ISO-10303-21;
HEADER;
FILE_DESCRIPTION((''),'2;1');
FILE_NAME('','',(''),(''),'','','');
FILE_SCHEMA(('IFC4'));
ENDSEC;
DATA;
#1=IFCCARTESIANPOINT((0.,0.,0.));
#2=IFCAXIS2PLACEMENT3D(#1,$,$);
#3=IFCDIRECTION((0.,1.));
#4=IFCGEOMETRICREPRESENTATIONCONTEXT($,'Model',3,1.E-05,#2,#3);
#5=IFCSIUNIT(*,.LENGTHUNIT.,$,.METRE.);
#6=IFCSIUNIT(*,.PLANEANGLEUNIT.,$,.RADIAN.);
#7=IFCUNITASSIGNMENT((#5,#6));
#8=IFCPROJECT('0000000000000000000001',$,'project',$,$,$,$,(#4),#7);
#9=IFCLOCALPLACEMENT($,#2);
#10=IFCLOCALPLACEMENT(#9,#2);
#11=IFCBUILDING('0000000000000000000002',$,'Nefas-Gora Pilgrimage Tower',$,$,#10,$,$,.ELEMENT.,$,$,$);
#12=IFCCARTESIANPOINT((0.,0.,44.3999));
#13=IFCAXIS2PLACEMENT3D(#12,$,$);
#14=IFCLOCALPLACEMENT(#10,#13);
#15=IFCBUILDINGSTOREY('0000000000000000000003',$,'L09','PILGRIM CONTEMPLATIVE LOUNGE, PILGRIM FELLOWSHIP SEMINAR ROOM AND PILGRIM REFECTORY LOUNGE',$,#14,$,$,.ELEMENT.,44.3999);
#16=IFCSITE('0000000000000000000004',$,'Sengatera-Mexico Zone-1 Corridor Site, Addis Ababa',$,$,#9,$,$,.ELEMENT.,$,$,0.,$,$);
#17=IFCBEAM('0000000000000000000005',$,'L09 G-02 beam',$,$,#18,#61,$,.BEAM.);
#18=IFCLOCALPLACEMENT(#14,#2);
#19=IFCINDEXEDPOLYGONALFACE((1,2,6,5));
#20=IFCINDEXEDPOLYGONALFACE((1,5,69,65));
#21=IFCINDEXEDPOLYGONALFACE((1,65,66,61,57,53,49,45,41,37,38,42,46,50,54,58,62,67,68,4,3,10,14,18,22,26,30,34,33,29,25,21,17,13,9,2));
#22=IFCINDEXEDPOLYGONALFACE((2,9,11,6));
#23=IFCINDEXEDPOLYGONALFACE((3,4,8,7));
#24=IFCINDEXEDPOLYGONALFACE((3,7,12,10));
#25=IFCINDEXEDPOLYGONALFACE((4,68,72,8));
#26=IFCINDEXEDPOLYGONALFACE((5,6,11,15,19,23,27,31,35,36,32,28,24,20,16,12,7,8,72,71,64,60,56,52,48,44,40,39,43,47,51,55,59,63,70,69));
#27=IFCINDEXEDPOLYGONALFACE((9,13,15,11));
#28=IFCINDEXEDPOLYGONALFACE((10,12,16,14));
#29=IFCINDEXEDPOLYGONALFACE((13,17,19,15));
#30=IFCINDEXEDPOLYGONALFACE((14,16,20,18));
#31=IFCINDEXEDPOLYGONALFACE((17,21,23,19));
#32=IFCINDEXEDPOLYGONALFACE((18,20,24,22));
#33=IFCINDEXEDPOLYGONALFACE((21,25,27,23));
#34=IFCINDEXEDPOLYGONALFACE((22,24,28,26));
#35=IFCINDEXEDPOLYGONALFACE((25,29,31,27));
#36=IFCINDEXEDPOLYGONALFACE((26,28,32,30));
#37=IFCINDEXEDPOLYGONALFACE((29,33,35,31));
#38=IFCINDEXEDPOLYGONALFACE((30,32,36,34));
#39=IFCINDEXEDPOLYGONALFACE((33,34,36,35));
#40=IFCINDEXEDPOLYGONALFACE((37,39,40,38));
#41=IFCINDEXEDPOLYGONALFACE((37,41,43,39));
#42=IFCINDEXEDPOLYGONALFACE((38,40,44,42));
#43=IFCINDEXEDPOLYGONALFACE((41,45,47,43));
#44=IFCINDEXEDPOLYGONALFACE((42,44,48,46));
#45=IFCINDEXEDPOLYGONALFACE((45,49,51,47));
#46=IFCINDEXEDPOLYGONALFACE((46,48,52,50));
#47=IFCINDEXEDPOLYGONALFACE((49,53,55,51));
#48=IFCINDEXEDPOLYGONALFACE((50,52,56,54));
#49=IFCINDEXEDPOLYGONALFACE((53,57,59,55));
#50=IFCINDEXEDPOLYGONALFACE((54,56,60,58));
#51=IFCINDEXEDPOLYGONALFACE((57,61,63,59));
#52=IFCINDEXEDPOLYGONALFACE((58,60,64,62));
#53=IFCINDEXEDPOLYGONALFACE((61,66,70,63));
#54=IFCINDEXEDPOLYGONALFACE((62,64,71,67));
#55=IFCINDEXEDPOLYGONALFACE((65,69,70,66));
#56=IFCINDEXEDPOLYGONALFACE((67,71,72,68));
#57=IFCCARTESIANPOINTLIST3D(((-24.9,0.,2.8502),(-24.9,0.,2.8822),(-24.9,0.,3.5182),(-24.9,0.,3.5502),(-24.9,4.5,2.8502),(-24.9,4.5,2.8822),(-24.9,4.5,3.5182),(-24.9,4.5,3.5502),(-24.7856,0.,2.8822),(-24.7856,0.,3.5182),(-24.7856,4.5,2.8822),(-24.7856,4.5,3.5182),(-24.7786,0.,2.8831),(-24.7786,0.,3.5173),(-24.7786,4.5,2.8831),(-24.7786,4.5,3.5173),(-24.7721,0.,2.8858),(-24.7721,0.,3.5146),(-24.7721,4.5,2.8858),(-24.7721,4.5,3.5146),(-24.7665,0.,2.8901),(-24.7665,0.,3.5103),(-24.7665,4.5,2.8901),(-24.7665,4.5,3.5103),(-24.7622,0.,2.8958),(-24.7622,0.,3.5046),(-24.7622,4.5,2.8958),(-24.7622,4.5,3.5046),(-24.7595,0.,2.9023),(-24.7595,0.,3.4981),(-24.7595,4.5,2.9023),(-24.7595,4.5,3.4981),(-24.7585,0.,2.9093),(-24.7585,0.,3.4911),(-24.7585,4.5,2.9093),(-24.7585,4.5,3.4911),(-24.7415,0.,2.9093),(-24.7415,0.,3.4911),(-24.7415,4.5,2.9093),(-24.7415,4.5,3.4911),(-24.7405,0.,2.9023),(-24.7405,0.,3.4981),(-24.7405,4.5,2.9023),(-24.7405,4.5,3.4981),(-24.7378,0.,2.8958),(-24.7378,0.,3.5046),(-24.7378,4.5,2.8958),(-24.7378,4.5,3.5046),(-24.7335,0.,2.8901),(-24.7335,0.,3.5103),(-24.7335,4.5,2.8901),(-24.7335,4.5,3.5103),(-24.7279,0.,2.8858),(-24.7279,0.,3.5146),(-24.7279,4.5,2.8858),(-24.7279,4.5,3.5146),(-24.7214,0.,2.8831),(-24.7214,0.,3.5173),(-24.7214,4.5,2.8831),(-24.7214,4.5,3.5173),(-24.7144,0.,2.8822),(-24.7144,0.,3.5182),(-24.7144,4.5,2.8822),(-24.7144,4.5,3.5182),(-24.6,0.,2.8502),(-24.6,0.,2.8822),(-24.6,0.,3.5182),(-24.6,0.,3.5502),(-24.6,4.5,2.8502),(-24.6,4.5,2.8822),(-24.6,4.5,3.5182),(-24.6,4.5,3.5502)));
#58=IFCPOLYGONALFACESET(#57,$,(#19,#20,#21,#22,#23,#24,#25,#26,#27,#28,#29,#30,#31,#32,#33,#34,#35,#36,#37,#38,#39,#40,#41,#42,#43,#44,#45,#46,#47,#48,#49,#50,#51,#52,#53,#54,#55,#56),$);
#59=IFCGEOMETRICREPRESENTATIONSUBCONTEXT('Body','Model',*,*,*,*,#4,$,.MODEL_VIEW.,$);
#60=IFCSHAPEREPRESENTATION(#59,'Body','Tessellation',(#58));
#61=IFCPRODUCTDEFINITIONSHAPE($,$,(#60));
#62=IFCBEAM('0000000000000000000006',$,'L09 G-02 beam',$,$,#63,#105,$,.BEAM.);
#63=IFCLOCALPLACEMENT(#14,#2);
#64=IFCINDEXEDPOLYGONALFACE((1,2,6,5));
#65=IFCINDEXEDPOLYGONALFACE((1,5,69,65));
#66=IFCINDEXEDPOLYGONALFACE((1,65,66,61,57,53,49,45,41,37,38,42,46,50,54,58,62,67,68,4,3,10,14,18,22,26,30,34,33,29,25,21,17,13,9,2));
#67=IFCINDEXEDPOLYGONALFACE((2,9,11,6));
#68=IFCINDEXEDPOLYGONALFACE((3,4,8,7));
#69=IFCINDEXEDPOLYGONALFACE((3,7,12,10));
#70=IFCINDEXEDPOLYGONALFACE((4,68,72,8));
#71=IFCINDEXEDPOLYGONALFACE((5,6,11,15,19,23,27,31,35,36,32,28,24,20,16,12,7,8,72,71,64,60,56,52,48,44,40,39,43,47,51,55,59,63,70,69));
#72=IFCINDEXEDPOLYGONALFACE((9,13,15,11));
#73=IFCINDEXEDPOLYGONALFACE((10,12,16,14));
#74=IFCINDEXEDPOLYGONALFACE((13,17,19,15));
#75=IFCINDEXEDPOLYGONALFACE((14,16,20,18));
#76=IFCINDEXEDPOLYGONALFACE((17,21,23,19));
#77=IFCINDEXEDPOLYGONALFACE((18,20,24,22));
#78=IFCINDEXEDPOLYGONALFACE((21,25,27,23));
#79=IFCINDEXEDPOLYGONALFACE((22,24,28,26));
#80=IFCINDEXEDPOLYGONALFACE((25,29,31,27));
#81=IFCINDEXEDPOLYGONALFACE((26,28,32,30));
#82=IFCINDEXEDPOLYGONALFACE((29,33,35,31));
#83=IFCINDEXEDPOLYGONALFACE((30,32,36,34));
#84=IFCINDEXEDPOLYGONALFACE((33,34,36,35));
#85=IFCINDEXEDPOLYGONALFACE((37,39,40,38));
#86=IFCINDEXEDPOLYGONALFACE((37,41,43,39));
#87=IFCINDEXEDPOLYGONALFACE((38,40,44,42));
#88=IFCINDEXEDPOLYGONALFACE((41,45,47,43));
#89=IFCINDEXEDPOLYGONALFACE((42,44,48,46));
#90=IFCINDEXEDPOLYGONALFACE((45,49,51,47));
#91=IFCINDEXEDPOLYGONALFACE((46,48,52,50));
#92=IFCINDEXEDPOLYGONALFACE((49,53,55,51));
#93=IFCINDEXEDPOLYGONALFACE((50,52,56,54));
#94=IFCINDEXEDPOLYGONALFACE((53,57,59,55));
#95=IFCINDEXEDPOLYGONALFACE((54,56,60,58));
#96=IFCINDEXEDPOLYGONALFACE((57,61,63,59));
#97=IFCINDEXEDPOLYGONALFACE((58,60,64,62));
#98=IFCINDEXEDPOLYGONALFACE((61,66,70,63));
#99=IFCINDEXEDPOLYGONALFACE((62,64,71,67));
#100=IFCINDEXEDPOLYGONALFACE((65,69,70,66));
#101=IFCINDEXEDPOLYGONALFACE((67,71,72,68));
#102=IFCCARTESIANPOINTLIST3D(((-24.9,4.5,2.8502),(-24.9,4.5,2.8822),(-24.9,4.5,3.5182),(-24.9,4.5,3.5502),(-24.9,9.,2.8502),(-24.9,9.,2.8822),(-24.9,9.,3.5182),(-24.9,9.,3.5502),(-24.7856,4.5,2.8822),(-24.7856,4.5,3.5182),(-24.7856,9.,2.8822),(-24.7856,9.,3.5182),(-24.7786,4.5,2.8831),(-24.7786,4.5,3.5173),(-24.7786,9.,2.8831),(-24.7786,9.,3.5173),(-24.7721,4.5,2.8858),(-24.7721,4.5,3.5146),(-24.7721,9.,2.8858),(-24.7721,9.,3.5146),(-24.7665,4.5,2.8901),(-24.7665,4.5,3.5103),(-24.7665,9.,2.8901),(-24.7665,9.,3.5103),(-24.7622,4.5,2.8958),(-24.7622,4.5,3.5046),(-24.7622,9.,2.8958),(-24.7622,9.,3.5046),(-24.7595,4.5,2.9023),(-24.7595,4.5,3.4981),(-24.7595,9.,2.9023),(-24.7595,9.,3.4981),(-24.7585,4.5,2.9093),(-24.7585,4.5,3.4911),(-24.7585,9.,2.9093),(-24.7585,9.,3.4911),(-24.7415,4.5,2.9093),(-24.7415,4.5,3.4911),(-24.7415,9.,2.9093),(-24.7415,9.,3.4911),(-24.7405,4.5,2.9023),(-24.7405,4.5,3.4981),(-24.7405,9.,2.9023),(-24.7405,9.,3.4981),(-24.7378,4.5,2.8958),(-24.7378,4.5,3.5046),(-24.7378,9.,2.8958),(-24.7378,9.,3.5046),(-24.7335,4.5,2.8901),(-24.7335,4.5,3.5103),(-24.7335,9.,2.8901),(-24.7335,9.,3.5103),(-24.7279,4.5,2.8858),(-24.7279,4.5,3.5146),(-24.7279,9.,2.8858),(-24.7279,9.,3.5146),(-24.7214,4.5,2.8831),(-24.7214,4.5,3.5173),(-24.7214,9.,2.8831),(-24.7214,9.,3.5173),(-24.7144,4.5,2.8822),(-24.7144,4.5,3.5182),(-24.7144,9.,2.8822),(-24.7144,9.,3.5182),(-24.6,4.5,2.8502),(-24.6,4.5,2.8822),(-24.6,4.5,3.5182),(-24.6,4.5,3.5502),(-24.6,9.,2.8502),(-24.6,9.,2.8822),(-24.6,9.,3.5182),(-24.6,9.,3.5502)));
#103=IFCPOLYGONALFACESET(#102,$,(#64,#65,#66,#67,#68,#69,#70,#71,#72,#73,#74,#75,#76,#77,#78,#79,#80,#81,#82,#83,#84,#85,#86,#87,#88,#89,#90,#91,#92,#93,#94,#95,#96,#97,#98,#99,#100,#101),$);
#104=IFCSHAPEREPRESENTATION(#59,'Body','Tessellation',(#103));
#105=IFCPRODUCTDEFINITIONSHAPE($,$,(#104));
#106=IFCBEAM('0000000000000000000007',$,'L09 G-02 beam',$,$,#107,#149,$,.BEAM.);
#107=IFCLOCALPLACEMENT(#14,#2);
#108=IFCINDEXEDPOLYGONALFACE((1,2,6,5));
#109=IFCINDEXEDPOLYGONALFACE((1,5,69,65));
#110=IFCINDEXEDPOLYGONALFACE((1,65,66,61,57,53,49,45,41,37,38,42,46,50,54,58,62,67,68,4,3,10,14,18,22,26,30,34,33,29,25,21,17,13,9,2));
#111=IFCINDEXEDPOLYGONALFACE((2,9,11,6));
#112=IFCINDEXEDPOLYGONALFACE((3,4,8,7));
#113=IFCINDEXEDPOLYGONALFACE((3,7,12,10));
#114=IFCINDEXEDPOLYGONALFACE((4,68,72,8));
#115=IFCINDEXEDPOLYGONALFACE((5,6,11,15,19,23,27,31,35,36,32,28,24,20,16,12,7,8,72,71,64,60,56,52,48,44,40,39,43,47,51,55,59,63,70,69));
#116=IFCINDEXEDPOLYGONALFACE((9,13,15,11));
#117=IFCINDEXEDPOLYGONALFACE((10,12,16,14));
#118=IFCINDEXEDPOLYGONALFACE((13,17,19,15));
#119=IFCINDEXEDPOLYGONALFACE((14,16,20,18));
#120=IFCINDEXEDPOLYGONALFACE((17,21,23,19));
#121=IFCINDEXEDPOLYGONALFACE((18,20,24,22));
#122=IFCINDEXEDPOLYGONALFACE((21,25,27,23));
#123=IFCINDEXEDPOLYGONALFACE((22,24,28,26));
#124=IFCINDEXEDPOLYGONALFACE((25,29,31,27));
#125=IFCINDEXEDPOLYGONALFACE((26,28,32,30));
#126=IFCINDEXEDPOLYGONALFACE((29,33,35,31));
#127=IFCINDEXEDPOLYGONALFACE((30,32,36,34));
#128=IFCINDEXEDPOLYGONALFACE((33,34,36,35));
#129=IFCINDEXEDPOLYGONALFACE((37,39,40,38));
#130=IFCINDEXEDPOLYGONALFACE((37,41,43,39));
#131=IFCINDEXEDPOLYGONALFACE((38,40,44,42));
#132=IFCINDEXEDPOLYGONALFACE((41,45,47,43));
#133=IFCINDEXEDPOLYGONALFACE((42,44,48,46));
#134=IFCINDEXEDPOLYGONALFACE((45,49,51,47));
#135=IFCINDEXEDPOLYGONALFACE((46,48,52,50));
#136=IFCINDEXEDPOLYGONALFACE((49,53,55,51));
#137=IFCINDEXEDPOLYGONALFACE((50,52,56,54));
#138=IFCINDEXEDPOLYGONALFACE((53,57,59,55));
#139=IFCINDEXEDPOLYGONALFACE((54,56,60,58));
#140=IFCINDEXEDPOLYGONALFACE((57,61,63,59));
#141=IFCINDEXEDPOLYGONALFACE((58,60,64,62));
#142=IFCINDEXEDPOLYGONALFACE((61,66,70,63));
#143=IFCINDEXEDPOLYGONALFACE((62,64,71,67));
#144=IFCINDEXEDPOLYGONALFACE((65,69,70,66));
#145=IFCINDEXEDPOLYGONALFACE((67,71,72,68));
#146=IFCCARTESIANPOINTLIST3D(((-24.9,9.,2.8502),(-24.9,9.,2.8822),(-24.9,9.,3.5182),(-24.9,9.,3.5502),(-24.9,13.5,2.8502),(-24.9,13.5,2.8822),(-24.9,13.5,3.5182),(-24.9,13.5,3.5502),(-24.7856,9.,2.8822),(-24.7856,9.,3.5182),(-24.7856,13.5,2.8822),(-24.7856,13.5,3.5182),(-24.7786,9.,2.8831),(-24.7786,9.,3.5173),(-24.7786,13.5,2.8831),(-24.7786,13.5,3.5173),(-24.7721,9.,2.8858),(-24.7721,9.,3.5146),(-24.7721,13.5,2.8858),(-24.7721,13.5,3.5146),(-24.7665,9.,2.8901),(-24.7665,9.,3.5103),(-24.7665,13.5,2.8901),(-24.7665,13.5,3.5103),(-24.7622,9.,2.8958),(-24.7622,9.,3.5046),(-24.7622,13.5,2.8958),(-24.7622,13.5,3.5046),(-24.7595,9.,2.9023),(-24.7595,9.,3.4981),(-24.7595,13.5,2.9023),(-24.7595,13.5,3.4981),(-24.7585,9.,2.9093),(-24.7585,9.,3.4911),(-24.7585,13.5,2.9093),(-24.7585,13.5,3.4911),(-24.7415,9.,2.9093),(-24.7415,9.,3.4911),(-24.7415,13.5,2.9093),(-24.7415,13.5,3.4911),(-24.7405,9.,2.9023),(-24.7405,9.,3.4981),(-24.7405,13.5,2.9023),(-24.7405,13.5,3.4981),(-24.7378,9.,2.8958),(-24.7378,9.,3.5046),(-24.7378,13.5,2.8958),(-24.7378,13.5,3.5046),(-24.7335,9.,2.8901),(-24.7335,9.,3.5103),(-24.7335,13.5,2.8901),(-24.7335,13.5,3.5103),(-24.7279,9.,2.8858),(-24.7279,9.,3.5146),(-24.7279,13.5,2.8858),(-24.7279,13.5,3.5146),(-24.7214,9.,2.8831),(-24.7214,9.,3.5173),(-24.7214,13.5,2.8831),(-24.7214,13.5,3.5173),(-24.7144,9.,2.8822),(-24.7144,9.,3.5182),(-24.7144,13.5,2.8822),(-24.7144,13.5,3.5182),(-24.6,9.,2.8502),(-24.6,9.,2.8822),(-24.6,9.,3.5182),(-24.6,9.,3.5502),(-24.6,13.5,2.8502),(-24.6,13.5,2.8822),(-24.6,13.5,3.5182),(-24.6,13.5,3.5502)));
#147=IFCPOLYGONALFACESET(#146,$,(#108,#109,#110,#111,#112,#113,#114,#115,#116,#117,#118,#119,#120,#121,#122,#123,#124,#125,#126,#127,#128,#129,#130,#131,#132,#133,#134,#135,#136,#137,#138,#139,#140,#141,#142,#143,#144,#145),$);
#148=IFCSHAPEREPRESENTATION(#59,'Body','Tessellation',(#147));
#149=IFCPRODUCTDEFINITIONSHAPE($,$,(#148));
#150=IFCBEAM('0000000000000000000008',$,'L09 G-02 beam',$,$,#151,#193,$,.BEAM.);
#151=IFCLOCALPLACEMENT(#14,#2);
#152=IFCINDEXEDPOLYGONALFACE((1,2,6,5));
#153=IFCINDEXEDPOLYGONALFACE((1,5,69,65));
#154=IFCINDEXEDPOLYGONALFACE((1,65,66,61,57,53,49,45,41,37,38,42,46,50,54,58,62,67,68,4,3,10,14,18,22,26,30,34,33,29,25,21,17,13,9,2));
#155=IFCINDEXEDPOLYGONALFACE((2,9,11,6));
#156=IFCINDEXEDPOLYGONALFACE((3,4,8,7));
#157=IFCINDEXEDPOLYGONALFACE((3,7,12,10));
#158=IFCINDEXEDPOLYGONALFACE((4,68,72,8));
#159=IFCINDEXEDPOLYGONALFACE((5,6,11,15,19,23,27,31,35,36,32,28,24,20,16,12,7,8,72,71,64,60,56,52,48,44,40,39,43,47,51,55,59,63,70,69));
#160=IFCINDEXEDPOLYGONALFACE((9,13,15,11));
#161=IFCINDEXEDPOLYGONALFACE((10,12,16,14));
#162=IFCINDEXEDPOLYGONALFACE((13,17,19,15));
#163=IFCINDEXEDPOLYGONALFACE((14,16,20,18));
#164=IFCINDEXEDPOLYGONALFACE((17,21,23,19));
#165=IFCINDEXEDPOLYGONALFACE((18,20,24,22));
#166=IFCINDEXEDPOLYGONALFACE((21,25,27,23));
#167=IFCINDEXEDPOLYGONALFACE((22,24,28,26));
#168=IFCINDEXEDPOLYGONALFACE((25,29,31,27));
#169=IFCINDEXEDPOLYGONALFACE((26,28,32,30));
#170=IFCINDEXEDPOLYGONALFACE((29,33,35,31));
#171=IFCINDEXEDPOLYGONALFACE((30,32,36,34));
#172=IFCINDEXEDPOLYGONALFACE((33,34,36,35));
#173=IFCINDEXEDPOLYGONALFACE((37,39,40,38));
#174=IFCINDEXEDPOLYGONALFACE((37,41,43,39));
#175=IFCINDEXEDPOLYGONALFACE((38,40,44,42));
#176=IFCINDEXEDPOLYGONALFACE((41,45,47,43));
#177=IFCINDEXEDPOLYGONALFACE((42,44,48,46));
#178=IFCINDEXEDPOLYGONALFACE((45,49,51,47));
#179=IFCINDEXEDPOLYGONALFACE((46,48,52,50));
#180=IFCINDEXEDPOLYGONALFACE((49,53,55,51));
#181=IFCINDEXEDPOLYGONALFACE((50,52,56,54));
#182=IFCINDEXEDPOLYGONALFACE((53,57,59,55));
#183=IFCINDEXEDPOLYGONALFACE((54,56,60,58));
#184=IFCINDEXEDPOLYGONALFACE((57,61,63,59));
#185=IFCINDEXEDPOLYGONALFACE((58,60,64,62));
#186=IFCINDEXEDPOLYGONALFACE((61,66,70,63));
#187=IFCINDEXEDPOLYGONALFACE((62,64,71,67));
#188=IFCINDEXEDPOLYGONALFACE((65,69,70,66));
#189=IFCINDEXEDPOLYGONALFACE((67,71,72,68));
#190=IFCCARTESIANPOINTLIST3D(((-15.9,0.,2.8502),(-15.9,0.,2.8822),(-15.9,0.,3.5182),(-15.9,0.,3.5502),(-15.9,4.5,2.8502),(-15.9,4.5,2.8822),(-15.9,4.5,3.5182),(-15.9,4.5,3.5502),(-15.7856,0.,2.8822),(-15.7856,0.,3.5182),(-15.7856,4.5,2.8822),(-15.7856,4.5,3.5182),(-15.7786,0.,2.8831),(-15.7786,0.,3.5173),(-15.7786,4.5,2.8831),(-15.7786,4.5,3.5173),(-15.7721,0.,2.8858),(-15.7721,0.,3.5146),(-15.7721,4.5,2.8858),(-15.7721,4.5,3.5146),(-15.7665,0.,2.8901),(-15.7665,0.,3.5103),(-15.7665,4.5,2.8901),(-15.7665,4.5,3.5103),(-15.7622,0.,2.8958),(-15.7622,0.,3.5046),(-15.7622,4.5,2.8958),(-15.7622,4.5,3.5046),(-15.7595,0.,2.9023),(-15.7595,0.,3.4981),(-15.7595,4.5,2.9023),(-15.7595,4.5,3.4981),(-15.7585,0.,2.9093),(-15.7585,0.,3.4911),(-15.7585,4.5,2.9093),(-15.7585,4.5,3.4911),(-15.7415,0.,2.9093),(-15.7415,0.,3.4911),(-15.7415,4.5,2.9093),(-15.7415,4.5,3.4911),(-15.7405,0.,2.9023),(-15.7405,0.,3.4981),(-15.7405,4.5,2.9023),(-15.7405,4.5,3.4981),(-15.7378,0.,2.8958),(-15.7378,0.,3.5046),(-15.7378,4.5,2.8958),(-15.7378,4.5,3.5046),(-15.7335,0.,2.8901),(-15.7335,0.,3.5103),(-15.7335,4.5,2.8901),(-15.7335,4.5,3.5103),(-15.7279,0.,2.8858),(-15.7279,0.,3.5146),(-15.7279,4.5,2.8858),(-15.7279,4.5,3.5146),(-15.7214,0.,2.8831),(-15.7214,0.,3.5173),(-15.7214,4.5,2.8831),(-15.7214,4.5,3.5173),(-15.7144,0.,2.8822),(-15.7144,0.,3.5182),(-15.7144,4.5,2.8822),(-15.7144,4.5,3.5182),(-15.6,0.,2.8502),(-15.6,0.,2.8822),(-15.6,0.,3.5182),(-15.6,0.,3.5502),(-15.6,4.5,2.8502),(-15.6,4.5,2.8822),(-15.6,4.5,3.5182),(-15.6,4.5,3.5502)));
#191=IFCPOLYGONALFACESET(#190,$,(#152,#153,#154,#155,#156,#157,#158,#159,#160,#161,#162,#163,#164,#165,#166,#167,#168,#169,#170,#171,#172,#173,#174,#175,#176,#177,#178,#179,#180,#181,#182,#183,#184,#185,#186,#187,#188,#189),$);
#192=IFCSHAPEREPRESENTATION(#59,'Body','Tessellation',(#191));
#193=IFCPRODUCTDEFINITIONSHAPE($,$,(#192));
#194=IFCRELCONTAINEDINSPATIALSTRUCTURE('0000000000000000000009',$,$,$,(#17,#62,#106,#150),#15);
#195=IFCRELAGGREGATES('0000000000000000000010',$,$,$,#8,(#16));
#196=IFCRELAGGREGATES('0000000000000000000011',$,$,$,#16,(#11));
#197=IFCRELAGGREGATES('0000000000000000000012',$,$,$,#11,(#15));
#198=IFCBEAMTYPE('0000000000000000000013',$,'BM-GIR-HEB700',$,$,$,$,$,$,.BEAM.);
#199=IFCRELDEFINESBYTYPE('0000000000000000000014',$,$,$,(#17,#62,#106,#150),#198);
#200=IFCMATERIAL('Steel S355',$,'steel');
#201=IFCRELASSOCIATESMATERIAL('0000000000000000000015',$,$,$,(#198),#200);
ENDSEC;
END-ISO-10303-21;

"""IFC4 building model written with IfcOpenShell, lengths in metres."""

from ifc_helpers import new_model, si_unit, direction, frame, origin, origin_2d, place, context, subcontext, project, spatial, i_section, extrude, source, transform, mapped, material, material_profile, profile_set, type_object, element, save


model = new_model("IFC4")

# Units and contexts
model_context = context("Model", 3, precision=1e-05, world=origin(), true_north=direction((0.0, 1.0)))
body_context = subcontext(model_context, "Body", "Model", "MODEL_VIEW")
ifc_project = project(units=[si_unit("LENGTHUNIT", "METRE"), si_unit("PLANEANGLEUNIT", "RADIAN")], contexts=[model_context])

# Site, building, storey
site_placement = place(None, origin())
site = spatial("IfcSite", under=ifc_project, at=site_placement, Name="Sengatera-Mexico Zone-1 Corridor Site, Addis Ababa", CompositionType="ELEMENT", RefElevation=0.0)
building_placement = place(site_placement, origin())
building = spatial("IfcBuilding", under=site, at=building_placement, Name="Nefas-Gora Pilgrimage Tower", CompositionType="ELEMENT")
storey_placement = place(building_placement, frame((0.0, 0.0, 44.3999)))
storey = spatial("IfcBuildingStorey", under=building, at=storey_placement, Name="L09", Description="PILGRIM CONTEMPLATIVE LOUNGE, PILGRIM FELLOWSHIP SEMINAR ROOM AND PILGRIM REFECTORY LOUNGE", CompositionType="ELEMENT", Elevation=44.3999)

# Beams
ifc_material_1 = material(Name="Steel S355", Category="steel")
ifc_material_profile_1 = material_profile(ifc_material_1, i_section(OverallWidth=0.3, OverallDepth=0.7, WebThickness=0.0171, FlangeThickness=0.032, FilletRadius=0.0271, at=origin_2d()), Name="HEB 700")
ifc_profile_set_1 = profile_set([ifc_material_profile_1], Name="Steel S355")
beam_type_1 = type_object("IfcBeamType", Name="BM-GIR-HEB700", PredefinedType="BEAM", material=ifc_profile_set_1)
shared_shape_1 = source(origin(), body_context, "Body", "SweptSolid", [
    extrude(i_section(OverallWidth=0.3, OverallDepth=0.7, WebThickness=0.0171, FlangeThickness=0.032, FilletRadius=0.0271, at=origin_2d()), origin(), (0.0, 0.0, 1.0), 4.5),
])
for number, where, z_axis, x_axis, name in (
    (1, (-24.75, 0.0, 3.2002), (0.0, 1.0, 0.0), (-1.0, 0.0, 0.0), "L09 G-02 beam"),
    (2, (-24.75, 4.5, 3.2002), (0.0, 1.0, 0.0), (-1.0, 0.0, 0.0), "L09 G-02 beam"),
    (3, (-24.75, 9.0, 3.2002), (0.0, 1.0, 0.0), (-1.0, 0.0, 0.0), "L09 G-02 beam"),
    (4, (-15.75, 0.0, 3.2002), (0.0, 1.0, 0.0), (-1.0, 0.0, 0.0), "L09 G-02 beam"),
):
    element("IfcBeam", number, at=place(storey_placement, frame(where, z_axis=z_axis, x_axis=x_axis)), inside=storey, type_object=beam_type_1, Name=name, PredefinedType="BEAM", context=body_context, shape_type="MappedRepresentation", body=[
        mapped(shared_shape_1, transform((0.0, 0.0, 0.0), x_axis=(1.0, 0.0, 0.0), y_axis=(0.0, 1.0, 0.0), z_axis=(0.0, 0.0, 1.0), scale=1.0)),
    ])

save(model, "model.ifc")
